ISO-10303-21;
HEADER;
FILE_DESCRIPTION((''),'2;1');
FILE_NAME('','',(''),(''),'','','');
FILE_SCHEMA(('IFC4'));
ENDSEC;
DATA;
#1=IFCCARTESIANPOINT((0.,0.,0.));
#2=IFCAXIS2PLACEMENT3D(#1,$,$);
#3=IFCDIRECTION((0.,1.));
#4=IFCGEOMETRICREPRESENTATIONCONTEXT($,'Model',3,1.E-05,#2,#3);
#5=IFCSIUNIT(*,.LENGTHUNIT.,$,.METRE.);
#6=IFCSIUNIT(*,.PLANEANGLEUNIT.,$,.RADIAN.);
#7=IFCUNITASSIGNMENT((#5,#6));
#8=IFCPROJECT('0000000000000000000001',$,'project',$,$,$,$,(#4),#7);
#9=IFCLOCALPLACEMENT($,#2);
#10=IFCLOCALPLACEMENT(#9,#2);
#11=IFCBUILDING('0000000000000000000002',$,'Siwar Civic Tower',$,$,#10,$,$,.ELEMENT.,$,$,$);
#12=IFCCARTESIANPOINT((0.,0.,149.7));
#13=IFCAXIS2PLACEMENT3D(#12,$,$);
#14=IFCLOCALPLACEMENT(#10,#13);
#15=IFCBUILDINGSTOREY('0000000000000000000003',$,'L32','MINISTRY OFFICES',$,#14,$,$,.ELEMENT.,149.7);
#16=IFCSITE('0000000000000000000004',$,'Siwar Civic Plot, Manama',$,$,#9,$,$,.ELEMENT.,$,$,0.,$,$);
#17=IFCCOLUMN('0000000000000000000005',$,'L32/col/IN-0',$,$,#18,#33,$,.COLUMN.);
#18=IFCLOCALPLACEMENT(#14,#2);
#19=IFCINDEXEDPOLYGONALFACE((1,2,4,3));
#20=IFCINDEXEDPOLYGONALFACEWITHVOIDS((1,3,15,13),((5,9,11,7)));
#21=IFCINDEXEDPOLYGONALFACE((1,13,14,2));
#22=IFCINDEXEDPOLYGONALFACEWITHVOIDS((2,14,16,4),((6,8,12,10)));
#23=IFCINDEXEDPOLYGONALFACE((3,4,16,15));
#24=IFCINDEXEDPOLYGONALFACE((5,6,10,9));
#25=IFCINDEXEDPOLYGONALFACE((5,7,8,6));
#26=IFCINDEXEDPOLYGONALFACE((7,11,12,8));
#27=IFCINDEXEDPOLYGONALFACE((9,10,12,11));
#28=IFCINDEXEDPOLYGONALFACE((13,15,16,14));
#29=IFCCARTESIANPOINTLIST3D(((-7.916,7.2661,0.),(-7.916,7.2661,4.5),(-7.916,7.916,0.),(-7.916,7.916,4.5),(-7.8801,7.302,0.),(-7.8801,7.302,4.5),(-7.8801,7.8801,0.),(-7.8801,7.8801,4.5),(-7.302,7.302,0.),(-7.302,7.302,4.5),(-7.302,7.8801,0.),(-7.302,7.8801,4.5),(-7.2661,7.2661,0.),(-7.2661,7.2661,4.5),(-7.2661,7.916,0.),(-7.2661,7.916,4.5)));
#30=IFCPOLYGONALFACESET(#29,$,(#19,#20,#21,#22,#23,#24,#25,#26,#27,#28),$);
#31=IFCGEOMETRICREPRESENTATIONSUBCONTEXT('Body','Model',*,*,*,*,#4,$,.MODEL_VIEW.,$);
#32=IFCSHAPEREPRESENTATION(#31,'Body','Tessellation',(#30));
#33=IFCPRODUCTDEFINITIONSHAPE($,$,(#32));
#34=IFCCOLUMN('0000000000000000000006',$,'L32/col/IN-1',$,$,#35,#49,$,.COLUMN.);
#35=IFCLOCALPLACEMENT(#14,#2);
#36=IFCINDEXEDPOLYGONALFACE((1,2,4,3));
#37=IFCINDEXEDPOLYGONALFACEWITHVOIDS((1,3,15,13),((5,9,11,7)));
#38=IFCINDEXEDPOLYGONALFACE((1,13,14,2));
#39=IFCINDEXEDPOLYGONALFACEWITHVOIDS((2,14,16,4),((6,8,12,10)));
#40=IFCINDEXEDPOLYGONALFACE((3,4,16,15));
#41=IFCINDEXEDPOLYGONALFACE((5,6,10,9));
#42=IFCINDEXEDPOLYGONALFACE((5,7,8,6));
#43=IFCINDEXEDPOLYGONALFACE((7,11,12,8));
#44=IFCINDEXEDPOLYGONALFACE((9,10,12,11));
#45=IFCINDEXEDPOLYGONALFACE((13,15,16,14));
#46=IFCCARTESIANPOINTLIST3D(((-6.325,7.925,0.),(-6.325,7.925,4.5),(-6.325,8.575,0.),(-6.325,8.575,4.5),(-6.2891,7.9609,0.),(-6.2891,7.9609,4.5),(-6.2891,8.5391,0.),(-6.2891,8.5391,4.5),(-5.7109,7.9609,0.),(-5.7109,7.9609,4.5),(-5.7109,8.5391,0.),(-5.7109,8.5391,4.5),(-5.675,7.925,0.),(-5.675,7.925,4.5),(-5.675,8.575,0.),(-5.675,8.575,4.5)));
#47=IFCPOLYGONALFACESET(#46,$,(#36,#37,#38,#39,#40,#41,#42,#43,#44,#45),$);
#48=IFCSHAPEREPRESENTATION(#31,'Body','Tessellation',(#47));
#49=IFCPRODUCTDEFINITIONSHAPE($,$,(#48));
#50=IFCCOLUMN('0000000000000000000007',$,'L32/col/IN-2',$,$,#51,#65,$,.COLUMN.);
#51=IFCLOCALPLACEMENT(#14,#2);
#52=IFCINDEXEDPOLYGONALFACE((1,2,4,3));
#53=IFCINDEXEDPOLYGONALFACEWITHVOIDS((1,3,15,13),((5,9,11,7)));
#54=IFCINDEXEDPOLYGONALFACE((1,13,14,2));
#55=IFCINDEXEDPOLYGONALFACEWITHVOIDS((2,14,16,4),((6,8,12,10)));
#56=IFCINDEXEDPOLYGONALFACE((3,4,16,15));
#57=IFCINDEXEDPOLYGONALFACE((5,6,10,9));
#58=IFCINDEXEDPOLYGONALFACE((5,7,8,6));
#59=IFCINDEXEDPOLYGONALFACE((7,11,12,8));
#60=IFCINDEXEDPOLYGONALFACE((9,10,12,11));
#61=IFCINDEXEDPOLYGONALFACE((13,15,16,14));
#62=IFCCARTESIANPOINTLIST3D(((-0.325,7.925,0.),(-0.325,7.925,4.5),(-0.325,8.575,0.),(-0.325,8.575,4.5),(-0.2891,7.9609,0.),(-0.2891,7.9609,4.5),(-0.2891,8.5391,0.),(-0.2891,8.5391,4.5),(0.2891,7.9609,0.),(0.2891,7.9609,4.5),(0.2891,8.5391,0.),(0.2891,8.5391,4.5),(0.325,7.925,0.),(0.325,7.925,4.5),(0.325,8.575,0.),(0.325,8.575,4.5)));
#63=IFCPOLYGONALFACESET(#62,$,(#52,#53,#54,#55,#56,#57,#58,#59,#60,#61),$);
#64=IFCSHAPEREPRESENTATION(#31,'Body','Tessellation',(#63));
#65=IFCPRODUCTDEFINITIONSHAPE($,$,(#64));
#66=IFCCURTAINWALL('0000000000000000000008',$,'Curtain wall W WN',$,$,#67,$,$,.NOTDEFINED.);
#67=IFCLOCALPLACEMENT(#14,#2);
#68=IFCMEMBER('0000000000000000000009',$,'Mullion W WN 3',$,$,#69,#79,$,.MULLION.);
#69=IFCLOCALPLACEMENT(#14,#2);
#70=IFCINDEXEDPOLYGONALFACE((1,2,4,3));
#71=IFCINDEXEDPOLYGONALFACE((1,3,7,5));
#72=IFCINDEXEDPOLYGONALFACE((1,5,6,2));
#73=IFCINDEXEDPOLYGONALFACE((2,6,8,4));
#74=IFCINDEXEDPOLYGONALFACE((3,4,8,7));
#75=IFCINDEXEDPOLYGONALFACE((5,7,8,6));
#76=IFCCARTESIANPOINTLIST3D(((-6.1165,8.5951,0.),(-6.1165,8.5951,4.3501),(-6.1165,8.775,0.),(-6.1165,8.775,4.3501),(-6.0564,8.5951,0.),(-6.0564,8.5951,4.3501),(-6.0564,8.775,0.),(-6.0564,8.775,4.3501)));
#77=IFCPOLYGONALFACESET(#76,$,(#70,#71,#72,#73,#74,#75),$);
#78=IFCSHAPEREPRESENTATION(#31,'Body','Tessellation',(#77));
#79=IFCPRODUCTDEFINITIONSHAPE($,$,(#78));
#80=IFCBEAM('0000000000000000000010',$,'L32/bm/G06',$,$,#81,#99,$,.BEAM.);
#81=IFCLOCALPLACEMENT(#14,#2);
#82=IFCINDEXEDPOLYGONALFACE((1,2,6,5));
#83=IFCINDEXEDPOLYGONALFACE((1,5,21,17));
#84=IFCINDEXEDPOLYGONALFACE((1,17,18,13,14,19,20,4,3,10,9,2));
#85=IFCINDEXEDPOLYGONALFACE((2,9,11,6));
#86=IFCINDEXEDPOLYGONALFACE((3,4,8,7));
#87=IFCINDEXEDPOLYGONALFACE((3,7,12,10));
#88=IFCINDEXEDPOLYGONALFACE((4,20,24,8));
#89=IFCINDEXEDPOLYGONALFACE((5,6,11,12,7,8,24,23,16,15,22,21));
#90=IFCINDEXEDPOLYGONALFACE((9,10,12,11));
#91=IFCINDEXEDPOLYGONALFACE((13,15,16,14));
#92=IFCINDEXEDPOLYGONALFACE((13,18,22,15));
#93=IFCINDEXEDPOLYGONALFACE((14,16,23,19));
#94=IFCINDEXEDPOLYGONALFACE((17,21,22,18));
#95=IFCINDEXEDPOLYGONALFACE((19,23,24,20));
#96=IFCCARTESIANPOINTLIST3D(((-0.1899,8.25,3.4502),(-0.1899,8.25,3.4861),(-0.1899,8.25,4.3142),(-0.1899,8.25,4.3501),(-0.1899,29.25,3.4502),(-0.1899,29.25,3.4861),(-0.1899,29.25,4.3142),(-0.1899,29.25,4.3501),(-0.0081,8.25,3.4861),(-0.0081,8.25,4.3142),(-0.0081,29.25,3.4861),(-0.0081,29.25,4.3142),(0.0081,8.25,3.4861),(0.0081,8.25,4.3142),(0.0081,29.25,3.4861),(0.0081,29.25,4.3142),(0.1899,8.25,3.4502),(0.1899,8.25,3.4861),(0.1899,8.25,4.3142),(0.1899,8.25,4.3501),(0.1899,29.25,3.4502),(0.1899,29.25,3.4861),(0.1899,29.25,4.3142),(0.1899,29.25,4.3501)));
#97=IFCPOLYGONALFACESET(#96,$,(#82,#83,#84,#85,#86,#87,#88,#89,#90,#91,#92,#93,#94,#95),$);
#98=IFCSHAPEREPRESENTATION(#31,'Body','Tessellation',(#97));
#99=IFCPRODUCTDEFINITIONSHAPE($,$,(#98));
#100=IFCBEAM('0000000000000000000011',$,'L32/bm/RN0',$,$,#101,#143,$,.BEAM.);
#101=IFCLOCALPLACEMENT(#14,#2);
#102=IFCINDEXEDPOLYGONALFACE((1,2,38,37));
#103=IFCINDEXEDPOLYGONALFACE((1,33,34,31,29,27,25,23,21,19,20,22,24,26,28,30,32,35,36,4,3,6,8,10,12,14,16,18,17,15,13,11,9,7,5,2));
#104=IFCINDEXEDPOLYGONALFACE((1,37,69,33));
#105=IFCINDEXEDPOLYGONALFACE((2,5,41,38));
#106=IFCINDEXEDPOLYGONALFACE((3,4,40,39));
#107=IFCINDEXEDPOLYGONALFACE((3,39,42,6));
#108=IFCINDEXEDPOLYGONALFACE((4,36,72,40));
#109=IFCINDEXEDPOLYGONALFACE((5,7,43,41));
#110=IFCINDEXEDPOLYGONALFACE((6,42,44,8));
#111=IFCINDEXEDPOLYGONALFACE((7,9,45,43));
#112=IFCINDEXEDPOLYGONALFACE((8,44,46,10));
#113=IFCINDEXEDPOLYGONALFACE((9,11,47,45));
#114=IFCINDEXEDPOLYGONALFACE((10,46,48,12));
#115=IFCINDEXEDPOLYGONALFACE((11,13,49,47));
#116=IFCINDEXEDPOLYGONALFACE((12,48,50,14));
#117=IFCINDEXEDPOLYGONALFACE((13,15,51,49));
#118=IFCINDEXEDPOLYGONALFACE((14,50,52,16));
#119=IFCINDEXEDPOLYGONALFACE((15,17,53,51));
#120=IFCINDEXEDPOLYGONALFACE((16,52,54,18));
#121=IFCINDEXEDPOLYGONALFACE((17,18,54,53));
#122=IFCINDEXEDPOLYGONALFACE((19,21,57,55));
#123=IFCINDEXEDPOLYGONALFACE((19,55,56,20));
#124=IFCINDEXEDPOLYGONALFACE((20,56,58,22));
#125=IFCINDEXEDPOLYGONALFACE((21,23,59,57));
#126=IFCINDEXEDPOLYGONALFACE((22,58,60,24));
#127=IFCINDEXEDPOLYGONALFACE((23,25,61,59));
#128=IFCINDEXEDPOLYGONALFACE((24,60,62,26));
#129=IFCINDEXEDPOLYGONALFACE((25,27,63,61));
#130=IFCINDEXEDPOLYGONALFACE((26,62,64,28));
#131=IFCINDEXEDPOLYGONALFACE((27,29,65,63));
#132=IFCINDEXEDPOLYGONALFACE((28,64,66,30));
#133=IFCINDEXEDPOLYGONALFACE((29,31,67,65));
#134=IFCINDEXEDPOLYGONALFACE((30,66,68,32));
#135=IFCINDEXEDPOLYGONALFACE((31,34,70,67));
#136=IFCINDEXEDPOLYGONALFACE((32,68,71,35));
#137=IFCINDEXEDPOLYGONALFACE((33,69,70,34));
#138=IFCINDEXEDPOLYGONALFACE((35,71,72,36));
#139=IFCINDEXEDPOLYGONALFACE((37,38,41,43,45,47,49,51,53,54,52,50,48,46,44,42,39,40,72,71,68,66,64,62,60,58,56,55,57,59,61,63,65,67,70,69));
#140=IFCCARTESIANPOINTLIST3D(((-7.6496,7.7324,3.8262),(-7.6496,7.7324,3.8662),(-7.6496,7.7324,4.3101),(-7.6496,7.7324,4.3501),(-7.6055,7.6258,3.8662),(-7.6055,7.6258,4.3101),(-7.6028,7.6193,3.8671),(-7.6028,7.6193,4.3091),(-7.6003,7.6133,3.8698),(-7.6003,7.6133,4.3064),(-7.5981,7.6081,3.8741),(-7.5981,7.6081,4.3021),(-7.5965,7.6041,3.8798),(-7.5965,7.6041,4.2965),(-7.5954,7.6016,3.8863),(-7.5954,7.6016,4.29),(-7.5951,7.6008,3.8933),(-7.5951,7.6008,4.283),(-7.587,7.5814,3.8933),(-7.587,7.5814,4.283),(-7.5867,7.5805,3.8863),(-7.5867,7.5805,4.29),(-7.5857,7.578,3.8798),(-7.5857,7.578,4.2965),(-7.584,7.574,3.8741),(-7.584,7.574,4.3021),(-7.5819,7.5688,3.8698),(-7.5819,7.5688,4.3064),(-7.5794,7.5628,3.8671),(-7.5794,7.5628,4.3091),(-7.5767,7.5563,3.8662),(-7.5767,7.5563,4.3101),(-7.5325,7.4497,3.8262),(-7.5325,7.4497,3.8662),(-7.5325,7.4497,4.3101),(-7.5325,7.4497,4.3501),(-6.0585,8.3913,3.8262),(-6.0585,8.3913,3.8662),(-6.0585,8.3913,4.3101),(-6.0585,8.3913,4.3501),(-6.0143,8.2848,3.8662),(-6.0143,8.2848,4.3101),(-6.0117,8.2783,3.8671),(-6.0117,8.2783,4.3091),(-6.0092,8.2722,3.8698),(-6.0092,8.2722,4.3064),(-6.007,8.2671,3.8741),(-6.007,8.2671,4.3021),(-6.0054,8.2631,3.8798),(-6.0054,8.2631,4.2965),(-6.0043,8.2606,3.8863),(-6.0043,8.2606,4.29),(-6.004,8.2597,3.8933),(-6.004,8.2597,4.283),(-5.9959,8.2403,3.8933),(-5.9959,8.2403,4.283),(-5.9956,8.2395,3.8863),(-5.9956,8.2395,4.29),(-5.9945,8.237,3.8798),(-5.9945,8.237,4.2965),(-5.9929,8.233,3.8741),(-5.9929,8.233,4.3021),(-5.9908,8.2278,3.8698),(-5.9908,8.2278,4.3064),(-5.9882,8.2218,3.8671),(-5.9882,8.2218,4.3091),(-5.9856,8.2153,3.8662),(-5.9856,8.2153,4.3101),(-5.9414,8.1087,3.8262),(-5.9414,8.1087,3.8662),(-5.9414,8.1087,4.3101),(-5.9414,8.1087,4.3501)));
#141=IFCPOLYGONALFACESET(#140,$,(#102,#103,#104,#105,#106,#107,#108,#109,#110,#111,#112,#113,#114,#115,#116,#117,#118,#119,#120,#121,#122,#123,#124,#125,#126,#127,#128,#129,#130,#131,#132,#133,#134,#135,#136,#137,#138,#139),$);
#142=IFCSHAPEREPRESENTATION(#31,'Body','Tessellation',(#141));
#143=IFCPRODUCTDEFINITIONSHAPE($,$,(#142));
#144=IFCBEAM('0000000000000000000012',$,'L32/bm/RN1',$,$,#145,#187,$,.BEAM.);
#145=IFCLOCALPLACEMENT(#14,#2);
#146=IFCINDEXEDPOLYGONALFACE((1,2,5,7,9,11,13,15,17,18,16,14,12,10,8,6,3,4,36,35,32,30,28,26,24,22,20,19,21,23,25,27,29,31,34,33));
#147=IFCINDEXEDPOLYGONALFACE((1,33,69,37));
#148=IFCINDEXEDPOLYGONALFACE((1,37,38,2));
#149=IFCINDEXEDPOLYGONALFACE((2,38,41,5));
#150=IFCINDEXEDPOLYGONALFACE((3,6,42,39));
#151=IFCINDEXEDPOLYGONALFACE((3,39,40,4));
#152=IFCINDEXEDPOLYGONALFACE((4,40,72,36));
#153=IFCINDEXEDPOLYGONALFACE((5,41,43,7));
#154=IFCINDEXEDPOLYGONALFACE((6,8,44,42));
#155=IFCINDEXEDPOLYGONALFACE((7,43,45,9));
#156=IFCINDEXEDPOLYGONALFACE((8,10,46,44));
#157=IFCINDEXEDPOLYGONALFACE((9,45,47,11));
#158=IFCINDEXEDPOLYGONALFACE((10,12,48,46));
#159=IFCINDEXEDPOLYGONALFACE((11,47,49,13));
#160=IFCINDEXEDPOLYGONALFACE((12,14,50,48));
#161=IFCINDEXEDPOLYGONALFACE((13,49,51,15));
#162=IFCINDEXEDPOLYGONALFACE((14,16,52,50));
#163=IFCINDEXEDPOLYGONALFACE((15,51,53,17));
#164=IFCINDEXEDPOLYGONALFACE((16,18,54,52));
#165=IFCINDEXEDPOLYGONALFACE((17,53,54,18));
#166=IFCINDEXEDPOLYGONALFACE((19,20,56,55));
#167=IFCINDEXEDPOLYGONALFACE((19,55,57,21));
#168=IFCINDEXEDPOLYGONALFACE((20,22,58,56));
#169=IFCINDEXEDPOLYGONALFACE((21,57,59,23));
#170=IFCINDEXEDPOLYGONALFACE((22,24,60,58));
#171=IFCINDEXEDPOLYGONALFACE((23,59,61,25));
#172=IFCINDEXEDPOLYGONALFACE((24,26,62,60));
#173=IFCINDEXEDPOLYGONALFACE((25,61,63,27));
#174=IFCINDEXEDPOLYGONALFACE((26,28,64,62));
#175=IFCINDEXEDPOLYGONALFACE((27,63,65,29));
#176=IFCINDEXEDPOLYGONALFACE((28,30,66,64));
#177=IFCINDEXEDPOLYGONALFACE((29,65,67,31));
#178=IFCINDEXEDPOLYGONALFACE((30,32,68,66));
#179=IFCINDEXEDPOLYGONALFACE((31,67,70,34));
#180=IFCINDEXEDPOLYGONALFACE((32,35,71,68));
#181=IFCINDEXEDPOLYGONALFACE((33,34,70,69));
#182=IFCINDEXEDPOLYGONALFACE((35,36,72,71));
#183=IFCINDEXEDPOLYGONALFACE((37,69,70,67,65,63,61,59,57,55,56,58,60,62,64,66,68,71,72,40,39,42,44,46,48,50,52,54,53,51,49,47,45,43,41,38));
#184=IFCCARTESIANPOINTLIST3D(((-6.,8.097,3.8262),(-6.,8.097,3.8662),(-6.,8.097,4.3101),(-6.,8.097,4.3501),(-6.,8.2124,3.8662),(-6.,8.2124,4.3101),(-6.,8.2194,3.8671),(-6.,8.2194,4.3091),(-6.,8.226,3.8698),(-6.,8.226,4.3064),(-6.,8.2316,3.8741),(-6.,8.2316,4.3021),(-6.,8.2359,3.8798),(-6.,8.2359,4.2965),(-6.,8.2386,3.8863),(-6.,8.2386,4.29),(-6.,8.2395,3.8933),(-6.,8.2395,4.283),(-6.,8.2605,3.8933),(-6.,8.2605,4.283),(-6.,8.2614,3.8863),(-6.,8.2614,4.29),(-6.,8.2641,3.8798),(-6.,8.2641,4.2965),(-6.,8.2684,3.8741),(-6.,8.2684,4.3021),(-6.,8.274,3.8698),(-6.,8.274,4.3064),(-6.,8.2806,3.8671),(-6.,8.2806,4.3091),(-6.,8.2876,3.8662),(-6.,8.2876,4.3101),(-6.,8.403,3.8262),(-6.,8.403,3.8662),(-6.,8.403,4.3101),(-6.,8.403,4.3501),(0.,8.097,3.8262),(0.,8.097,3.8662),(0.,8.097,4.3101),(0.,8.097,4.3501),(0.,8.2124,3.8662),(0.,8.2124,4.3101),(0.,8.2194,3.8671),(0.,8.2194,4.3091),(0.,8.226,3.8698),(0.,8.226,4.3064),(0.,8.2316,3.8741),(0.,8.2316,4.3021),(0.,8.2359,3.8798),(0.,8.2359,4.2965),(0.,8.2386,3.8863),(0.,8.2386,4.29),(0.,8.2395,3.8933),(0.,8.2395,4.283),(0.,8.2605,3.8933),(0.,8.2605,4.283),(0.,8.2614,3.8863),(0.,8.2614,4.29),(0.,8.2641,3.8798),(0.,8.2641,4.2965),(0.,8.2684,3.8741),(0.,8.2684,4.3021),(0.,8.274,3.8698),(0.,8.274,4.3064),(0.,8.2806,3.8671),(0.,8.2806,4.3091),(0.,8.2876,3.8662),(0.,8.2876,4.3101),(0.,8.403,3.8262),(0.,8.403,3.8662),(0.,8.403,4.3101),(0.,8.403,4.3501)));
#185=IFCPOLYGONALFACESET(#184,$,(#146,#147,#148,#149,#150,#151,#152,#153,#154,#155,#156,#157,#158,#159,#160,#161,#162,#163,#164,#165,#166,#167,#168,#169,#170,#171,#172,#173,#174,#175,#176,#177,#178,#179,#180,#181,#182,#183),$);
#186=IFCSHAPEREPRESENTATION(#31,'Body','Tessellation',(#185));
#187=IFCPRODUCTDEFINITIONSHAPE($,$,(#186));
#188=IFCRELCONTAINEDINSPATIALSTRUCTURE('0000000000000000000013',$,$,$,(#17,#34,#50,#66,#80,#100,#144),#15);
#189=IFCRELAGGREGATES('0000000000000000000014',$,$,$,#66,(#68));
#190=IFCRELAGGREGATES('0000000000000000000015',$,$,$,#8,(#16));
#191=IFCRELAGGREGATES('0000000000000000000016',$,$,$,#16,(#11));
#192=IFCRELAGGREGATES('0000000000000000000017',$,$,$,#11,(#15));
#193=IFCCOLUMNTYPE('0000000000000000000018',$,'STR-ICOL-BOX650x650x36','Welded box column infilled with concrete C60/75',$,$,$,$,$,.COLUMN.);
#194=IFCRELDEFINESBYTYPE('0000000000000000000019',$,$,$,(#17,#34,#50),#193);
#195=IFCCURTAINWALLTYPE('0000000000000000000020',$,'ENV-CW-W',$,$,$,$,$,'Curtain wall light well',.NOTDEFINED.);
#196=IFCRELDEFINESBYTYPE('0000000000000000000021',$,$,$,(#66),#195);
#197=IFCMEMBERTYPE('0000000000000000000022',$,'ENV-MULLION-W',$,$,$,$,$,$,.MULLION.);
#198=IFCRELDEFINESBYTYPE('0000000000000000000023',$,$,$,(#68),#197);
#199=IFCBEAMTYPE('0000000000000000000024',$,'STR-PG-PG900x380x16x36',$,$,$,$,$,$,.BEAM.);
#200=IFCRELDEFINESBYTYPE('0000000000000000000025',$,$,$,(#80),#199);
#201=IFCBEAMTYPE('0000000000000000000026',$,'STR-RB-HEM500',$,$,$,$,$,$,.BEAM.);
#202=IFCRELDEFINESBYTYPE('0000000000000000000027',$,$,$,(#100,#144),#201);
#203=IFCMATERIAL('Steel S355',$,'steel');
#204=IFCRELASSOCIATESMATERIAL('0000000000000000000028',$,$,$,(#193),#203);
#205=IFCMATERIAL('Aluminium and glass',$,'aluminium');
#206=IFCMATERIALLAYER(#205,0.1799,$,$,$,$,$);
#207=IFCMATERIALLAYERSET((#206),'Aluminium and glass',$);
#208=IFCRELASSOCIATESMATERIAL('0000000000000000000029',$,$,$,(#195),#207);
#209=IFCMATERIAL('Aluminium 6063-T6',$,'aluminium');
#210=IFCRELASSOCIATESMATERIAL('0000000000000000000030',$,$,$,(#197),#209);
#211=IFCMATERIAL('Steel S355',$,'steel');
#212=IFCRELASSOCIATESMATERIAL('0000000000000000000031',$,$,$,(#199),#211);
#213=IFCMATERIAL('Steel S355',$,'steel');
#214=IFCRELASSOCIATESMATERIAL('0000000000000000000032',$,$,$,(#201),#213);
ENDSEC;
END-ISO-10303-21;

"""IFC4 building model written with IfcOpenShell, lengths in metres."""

from ifc_helpers import new_model, si_unit, direction, frame, origin, origin_2d, place, context, subcontext, project, spatial, rectangle, hollow_rectangle, i_section, extrude, material, layer, layer_set, material_profile, profile_set, type_object, element, aggregate, save


model = new_model("IFC4")

# Units and contexts
model_context = context("Model", 3, precision=1e-05, world=origin(), true_north=direction((0.0, 1.0)))
body_context = subcontext(model_context, "Body", "Model", "MODEL_VIEW")
ifc_project = project(units=[si_unit("LENGTHUNIT", "METRE"), si_unit("PLANEANGLEUNIT", "RADIAN")], contexts=[model_context])

# Site, building, storey
site_placement = place(None, origin())
site = spatial("IfcSite", under=ifc_project, at=site_placement, Name="Siwar Civic Plot, Manama", CompositionType="ELEMENT", RefElevation=0.0)
building_placement = place(site_placement, origin())
building = spatial("IfcBuilding", under=site, at=building_placement, Name="Siwar Civic Tower", CompositionType="ELEMENT")
storey_placement = place(building_placement, frame((0.0, 0.0, 149.7)))
storey = spatial("IfcBuildingStorey", under=building, at=storey_placement, Name="L32", Description="MINISTRY OFFICES", CompositionType="ELEMENT", Elevation=149.7)

# Columns
ifc_material_1 = material(Name="Steel S355", Category="steel")
ifc_material_profile_1 = material_profile(ifc_material_1, hollow_rectangle(XDim=0.6499, YDim=0.6499, WallThickness=0.0359, at=origin_2d()), Name="BOX650x650x36")
ifc_profile_set_1 = profile_set([ifc_material_profile_1], Name="Steel S355")
column_type = type_object("IfcColumnType", Name="STR-ICOL-BOX650x650x36", Description="Welded box column infilled with concrete C60/75", PredefinedType="COLUMN", material=ifc_profile_set_1)
for number, where, z_axis, x_axis, name in (
    (1, (-7.5911, 7.5911, 0.0), (0.0, 0.0, 1.0), (1.0, 0.0, 0.0), "L32/col/IN-0"),
    (2, (-6.0, 8.25, 0.0), (0.0, 0.0, 1.0), (1.0, 0.0, 0.0), "L32/col/IN-1"),
    (3, (0.0, 8.25, 0.0), (0.0, 0.0, 1.0), (1.0, 0.0, 0.0), "L32/col/IN-2"),
):
    element("IfcColumn", number, at=place(storey_placement, frame(where, z_axis=z_axis, x_axis=x_axis)), inside=storey, type_object=column_type, Name=name, PredefinedType="COLUMN", context=body_context, shape_type="SweptSolid", body=[
        extrude(hollow_rectangle(XDim=0.6499, YDim=0.6499, WallThickness=0.0359, at=origin_2d()), origin(), (0.0, 0.0, 1.0), 4.5),
    ])

# Curtain wall, member
ifc_material_2 = material(Name="Aluminium and glass", Category="aluminium")
ifc_layer_1 = layer(ifc_material_2, 0.1799)
ifc_layer_set_1 = layer_set([ifc_layer_1], Name="Aluminium and glass")
curtain_wall_type = type_object("IfcCurtainWallType", Name="ENV-CW-W", ElementType="Curtain wall light well", PredefinedType="NOTDEFINED", material=ifc_layer_set_1)
curtain_wall_placement = place(storey_placement, origin())
curtain_wall = element("IfcCurtainWall", 4, at=curtain_wall_placement, inside=storey, type_object=curtain_wall_type, Name="Curtain wall W WN", PredefinedType="NOTDEFINED")
ifc_material_3 = material(Name="Aluminium 6063-T6", Category="aluminium")
ifc_material_profile_2 = material_profile(ifc_material_3, rectangle(XDim=0.1799, YDim=0.0601, at=origin_2d()), Name="AL 180x60")
ifc_profile_set_2 = profile_set([ifc_material_profile_2], Name="Aluminium 6063-T6")
member_type = type_object("IfcMemberType", Name="ENV-MULLION-W", PredefinedType="MULLION", material=ifc_profile_set_2)
member_placement = place(storey_placement, frame((-6.0864, 8.6851, 0.0), z_axis=(0.0, 0.0, 1.0), x_axis=(0.0, -1.0, 0.0)))
member = element("IfcMember", 5, at=member_placement, type_object=member_type, Name="Mullion W WN 3", PredefinedType="MULLION", context=body_context, shape_type="SweptSolid", body=[
    extrude(rectangle(XDim=0.1799, YDim=0.0601, at=origin_2d()), origin(), (0.0, 0.0, 1.0), 4.3501),
])
aggregate(curtain_wall, [member])

# Beams
ifc_material_4 = material(Name="Steel S355", Category="steel")
ifc_material_profile_3 = material_profile(ifc_material_4, i_section(OverallWidth=0.3799, OverallDepth=0.8999, WebThickness=0.0161, FlangeThickness=0.0359, at=origin_2d()), Name="PG900x380x16x36")
ifc_profile_set_3 = profile_set([ifc_material_profile_3], Name="Steel S355")
beam_type_1 = type_object("IfcBeamType", Name="STR-PG-PG900x380x16x36", PredefinedType="BEAM", material=ifc_profile_set_3)
beam_1_placement = place(storey_placement, frame((0.0, 8.25, 3.9001), z_axis=(0.0, 1.0, 0.0), x_axis=(-1.0, 0.0, 0.0)))
element("IfcBeam", 6, at=beam_1_placement, inside=storey, type_object=beam_type_1, Name="L32/bm/G06", PredefinedType="BEAM", context=body_context, shape_type="SweptSolid", body=[
    extrude(i_section(OverallWidth=0.3799, OverallDepth=0.8999, WebThickness=0.0161, FlangeThickness=0.0359, at=origin_2d()), origin(), (0.0, 0.0, 1.0), 21.0),
])
ifc_material_5 = material(Name="Steel S355", Category="steel")
ifc_material_profile_4 = material_profile(ifc_material_5, i_section(OverallWidth=0.3059, OverallDepth=0.5239, WebThickness=0.021, FlangeThickness=0.04, FilletRadius=0.0271, at=origin_2d()), Name="HEM500")
ifc_profile_set_4 = profile_set([ifc_material_profile_4], Name="Steel S355")
beam_type_2 = type_object("IfcBeamType", Name="STR-RB-HEM500", PredefinedType="BEAM", material=ifc_profile_set_4)
beam_2_placement = place(storey_placement, frame((-7.5911, 7.5911, 4.0881), z_axis=(0.923901, 0.382631, 0.0), x_axis=(-0.382631, 0.923901, 0.0)))
element("IfcBeam", 7, at=beam_2_placement, inside=storey, type_object=beam_type_2, Name="L32/bm/RN0", PredefinedType="BEAM", context=body_context, shape_type="SweptSolid", body=[
    extrude(i_section(OverallWidth=0.3059, OverallDepth=0.5239, WebThickness=0.021, FlangeThickness=0.04, FilletRadius=0.0271, at=origin_2d()), origin(), (0.0, 0.0, 1.0), 1.7222),
])
for number, where, z_axis, x_axis, name in (
    (8, (-6.0, 8.25, 4.0881), (1.0, 0.0, 0.0), (0.0, 1.0, 0.0), "L32/bm/RN1"),
):
    element("IfcBeam", number, at=place(storey_placement, frame(where, z_axis=z_axis, x_axis=x_axis)), inside=storey, type_object=beam_type_2, Name=name, PredefinedType="BEAM", context=body_context, shape_type="SweptSolid", body=[
        extrude(i_section(OverallWidth=0.3059, OverallDepth=0.5239, WebThickness=0.021, FlangeThickness=0.04, FilletRadius=0.0271, at=origin_2d()), origin(), (0.0, 0.0, 1.0), 6.0),
    ])

save(model, "model.ifc")
